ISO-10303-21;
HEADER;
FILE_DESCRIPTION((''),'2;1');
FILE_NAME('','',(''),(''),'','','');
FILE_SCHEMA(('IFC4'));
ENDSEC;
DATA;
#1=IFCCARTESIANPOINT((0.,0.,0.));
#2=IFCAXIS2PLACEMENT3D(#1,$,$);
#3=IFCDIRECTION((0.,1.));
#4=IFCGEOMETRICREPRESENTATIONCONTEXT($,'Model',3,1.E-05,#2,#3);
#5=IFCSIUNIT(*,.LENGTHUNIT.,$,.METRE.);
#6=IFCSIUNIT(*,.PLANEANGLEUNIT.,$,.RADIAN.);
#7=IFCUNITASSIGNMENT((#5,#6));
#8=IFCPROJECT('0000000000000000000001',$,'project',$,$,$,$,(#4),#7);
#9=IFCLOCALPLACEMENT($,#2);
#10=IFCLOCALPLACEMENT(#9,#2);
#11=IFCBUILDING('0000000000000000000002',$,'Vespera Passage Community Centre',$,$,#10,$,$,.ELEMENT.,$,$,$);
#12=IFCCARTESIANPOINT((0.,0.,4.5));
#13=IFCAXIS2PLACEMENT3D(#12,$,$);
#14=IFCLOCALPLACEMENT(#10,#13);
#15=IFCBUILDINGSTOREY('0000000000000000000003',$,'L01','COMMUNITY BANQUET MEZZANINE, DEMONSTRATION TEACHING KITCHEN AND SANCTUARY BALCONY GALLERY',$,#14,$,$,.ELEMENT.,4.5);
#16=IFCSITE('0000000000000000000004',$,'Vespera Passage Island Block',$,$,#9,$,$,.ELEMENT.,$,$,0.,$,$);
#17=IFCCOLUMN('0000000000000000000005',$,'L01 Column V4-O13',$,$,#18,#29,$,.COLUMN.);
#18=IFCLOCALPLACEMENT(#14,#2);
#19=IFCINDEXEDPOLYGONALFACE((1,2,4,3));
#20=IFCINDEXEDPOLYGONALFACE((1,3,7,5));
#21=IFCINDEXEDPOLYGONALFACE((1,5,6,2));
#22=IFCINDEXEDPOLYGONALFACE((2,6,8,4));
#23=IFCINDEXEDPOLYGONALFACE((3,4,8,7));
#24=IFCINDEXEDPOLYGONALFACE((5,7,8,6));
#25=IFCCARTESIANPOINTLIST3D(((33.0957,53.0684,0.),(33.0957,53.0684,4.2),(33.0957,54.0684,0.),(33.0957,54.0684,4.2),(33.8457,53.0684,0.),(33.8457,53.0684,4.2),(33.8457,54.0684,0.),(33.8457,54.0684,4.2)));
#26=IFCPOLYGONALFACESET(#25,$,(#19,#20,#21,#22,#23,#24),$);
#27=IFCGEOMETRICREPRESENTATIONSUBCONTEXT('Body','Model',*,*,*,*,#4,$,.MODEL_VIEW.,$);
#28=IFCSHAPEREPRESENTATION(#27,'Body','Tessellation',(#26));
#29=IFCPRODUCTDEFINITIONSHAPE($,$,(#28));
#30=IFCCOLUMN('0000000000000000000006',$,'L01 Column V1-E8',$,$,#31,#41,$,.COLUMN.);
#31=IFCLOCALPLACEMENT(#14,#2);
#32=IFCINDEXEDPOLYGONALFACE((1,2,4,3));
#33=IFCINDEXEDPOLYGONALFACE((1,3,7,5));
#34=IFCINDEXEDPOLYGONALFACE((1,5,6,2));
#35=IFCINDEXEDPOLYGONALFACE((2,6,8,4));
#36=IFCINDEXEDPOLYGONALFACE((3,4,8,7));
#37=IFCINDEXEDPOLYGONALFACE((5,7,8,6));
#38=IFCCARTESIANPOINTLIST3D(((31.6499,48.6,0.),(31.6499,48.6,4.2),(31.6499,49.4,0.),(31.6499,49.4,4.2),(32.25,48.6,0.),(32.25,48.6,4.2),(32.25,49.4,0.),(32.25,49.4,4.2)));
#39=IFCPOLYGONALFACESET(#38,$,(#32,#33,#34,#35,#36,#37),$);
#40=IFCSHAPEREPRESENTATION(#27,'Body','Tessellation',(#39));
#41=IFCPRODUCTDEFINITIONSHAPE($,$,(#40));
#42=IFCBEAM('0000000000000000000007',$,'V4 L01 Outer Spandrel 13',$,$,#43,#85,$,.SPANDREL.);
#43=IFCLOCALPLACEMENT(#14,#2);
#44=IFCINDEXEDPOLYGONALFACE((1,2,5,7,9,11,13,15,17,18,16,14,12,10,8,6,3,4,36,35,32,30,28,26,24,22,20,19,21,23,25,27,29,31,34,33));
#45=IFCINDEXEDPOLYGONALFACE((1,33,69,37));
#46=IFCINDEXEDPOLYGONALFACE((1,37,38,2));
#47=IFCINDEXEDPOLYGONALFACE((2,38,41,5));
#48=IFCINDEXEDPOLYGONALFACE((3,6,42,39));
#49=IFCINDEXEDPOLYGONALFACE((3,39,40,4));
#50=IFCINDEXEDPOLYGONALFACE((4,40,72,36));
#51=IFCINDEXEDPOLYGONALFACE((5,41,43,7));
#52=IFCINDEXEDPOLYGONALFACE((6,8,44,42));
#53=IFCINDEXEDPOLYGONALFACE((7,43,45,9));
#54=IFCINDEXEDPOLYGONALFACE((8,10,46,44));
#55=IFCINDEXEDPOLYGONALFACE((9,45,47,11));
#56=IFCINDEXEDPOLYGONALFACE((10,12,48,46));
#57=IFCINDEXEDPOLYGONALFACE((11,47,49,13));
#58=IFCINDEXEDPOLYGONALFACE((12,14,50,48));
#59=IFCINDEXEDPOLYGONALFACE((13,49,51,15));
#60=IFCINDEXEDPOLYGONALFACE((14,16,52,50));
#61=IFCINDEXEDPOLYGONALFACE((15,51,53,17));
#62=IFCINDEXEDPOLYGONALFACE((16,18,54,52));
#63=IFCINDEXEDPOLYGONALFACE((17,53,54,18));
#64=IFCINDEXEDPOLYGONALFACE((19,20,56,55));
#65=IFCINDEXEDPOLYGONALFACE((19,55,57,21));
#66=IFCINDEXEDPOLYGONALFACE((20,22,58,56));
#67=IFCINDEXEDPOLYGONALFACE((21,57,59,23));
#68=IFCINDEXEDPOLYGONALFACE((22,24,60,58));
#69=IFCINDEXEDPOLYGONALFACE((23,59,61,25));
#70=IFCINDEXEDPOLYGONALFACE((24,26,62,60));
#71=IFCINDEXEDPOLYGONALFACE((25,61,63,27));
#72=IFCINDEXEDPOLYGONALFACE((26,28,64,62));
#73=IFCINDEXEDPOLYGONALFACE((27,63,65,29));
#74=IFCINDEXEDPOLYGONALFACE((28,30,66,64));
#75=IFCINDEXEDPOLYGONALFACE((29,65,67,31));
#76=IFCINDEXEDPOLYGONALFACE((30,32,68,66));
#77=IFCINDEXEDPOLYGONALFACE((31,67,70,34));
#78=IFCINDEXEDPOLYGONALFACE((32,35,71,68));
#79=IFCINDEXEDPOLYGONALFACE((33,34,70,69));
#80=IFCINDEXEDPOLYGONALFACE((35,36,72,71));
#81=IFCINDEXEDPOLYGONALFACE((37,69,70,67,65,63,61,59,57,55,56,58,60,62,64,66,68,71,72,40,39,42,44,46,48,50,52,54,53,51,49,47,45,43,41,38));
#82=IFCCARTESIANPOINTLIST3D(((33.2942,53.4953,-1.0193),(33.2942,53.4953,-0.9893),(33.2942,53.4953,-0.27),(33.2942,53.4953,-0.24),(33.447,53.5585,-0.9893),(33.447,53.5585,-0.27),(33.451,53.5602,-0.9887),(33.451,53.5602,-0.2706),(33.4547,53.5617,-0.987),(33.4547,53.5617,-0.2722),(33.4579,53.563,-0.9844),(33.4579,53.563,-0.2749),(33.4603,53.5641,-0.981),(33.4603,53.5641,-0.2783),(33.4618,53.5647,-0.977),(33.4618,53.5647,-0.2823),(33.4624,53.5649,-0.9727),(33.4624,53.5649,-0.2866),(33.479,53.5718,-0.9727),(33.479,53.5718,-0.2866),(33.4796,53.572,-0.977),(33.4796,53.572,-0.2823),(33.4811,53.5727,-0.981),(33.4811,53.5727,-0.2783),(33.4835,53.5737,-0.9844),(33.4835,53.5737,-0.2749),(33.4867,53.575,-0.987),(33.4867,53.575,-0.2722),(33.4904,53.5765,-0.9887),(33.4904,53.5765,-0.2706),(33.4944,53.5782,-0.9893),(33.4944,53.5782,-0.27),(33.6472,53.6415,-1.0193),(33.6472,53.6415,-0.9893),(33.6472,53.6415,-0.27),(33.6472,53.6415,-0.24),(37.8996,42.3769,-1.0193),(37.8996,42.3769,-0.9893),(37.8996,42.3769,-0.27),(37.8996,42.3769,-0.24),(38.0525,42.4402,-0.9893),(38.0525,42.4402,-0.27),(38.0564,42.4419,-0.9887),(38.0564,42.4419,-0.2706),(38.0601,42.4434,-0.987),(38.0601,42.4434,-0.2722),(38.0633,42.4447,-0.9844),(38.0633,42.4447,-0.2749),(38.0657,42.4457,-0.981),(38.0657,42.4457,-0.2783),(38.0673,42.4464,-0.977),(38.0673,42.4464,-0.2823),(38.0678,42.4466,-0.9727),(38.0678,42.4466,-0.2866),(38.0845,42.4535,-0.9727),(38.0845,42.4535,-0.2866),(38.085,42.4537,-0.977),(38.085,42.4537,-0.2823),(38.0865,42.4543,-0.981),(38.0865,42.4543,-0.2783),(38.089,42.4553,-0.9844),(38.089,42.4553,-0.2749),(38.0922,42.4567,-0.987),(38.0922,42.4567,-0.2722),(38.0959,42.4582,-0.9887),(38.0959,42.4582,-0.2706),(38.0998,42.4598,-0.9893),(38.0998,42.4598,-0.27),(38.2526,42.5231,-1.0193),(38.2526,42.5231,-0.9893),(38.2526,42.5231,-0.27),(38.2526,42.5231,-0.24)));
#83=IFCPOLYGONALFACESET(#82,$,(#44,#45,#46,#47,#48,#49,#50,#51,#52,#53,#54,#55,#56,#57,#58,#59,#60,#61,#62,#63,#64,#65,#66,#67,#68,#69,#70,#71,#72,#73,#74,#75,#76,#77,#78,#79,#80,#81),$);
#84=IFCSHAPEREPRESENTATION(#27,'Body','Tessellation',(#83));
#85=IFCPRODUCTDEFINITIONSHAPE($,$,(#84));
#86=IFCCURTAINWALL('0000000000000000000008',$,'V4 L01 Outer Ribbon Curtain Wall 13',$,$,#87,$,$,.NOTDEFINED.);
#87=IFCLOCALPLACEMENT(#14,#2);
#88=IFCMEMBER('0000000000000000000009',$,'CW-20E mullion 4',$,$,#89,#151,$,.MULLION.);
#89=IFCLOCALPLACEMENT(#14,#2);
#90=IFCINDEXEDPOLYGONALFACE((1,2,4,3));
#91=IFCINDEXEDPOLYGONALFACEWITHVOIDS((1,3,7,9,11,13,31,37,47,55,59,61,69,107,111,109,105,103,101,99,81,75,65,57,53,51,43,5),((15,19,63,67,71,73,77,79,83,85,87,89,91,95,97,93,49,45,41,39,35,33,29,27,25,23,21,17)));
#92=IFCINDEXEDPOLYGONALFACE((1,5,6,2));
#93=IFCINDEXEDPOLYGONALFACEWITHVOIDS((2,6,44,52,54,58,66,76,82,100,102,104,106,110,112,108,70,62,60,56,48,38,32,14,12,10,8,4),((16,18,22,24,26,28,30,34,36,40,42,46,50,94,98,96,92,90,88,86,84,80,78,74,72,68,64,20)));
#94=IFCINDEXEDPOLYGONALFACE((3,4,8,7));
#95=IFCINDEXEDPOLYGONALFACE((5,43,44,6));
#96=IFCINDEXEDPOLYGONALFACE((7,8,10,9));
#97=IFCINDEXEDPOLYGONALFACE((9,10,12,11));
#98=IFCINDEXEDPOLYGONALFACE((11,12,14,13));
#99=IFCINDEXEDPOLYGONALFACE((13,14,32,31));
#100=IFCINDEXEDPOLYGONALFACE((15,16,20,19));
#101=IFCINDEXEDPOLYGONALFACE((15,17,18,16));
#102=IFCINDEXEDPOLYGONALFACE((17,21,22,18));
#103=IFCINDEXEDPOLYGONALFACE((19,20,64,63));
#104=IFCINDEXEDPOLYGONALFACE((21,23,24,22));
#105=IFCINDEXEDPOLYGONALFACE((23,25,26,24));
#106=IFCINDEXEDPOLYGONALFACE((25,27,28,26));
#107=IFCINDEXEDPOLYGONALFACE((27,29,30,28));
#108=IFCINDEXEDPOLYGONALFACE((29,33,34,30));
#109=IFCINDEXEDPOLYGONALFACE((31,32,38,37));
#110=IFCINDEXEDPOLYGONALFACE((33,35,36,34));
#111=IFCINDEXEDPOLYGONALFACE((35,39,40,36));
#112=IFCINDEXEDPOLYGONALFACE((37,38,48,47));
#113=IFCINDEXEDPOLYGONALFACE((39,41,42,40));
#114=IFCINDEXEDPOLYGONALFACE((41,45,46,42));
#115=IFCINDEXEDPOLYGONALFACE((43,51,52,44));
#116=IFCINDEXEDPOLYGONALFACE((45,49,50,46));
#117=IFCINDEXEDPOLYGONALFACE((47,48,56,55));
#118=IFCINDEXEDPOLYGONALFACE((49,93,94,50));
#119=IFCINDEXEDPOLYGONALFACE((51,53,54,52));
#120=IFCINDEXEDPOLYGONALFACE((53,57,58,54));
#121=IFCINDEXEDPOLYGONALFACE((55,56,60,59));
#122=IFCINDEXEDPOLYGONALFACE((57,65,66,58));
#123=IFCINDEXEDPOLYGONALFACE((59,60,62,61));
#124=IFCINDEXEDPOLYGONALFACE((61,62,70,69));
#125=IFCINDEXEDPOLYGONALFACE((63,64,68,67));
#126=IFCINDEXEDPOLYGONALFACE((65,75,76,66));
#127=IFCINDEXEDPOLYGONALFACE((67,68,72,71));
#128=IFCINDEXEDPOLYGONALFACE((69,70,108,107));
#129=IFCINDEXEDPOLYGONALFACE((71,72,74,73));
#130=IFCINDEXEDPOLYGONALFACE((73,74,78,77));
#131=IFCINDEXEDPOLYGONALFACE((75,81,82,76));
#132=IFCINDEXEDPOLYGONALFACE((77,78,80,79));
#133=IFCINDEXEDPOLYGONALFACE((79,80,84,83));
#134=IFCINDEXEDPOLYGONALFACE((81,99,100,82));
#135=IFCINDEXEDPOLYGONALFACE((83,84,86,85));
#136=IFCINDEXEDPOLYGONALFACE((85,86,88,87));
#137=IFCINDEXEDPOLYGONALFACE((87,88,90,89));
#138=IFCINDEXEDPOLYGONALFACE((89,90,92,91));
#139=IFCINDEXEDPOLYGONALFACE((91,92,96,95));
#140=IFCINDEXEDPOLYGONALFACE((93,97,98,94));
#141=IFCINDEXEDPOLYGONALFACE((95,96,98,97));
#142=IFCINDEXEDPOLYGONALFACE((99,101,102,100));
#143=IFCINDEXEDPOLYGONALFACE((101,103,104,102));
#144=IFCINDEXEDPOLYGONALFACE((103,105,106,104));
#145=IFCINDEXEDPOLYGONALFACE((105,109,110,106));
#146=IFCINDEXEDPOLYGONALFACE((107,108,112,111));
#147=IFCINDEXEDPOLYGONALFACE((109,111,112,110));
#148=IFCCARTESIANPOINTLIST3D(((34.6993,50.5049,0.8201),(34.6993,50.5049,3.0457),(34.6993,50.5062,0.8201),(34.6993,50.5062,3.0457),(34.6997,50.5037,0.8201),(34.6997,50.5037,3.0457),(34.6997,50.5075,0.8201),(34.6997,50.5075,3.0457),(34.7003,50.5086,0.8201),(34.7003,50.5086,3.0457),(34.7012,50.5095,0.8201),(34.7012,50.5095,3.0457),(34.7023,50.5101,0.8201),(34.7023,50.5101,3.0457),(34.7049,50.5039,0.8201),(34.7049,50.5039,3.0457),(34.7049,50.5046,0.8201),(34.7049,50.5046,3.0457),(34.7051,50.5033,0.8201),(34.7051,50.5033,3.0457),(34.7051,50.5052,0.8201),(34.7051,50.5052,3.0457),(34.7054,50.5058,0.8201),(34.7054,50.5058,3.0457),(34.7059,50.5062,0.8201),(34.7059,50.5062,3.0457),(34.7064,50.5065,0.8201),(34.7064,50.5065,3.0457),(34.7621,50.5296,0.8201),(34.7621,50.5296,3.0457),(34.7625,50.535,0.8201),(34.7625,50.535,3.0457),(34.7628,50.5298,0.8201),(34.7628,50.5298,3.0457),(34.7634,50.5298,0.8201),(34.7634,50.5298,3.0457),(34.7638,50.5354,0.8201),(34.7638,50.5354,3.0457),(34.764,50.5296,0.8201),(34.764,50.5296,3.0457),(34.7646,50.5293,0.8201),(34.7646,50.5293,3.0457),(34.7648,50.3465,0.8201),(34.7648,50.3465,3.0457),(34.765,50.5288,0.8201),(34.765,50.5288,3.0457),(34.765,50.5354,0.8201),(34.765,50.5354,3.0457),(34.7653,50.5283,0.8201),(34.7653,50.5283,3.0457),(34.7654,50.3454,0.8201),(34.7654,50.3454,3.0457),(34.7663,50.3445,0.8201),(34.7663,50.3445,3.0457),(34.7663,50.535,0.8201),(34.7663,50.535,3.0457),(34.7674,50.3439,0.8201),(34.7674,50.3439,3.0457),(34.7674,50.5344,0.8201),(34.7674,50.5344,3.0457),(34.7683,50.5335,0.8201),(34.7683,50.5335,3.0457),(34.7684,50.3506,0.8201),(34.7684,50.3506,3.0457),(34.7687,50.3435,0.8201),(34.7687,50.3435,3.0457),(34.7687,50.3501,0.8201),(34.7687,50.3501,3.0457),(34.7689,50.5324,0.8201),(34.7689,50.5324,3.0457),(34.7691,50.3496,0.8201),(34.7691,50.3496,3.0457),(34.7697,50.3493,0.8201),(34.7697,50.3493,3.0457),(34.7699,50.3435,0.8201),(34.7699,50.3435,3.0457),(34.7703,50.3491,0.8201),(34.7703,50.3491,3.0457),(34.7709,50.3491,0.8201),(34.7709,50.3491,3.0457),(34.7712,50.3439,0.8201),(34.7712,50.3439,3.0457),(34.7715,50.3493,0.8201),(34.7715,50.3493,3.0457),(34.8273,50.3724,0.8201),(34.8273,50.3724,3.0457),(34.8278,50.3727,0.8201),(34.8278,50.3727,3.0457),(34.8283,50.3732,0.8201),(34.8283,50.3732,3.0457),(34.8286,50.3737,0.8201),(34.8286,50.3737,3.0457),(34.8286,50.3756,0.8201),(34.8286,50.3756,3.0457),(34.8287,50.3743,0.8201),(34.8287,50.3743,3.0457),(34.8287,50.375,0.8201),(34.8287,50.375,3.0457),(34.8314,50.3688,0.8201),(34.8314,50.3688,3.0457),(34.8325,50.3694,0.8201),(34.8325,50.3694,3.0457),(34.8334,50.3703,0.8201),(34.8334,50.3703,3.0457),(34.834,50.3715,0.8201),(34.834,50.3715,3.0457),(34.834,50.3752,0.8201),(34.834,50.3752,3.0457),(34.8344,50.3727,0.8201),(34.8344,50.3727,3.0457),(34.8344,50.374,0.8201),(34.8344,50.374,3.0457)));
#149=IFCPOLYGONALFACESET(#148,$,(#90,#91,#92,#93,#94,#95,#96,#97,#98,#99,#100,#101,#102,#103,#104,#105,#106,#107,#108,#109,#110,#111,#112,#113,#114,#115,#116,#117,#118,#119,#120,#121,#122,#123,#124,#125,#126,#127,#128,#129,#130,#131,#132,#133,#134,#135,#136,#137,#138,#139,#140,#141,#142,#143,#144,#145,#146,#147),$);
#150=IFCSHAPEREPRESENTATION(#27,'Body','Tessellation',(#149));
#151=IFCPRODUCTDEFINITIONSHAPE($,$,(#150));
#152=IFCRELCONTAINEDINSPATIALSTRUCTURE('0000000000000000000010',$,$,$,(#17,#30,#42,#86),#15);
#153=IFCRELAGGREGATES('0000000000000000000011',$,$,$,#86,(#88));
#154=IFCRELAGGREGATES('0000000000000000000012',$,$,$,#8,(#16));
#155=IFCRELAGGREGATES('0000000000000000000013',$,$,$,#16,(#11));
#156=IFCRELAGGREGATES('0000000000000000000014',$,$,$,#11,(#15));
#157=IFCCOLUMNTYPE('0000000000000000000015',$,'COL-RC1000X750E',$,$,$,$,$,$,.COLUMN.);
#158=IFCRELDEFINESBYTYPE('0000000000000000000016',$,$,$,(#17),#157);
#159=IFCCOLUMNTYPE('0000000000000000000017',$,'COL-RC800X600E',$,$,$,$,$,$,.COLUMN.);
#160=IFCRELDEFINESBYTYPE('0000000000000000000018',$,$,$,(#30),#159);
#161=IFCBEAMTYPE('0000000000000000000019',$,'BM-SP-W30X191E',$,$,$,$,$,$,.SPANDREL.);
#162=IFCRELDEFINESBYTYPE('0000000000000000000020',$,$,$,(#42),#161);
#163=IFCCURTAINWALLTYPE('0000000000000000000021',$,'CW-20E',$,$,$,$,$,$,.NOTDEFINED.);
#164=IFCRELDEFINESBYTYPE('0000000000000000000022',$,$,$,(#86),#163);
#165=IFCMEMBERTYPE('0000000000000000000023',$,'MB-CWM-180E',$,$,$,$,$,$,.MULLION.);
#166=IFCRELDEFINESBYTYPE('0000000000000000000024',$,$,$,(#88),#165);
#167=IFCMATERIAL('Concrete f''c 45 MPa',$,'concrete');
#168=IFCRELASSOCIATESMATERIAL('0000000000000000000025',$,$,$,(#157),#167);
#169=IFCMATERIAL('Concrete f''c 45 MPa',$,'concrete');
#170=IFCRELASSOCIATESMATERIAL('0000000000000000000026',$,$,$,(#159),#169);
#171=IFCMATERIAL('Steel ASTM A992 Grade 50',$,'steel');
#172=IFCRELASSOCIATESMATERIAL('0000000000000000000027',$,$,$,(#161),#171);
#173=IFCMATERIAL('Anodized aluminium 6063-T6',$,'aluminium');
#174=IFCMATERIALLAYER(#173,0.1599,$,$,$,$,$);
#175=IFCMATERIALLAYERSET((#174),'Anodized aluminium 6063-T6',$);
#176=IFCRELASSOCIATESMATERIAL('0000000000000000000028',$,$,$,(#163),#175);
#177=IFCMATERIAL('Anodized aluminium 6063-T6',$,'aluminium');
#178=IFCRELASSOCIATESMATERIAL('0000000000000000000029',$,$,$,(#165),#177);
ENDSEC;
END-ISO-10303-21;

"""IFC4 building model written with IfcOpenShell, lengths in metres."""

from ifc_helpers import new_model, si_unit, direction, frame, origin, origin_2d, place, context, subcontext, project, spatial, rectangle, hollow_rectangle, i_section, extrude, material, layer, layer_set, material_profile, profile_set, type_object, element, aggregate, save


model = new_model("IFC4")

# Units and contexts
model_context = context("Model", 3, precision=1e-05, world=origin(), true_north=direction((0.0, 1.0)))
body_context = subcontext(model_context, "Body", "Model", "MODEL_VIEW")
ifc_project = project(units=[si_unit("LENGTHUNIT", "METRE"), si_unit("PLANEANGLEUNIT", "RADIAN")], contexts=[model_context])

# Site, building, storey
site_placement = place(None, origin())
site = spatial("IfcSite", under=ifc_project, at=site_placement, Name="Vespera Passage Island Block", CompositionType="ELEMENT", RefElevation=0.0)
building_placement = place(site_placement, origin())
building = spatial("IfcBuilding", under=site, at=building_placement, Name="Vespera Passage Community Centre", CompositionType="ELEMENT")
storey_placement = place(building_placement, frame((0.0, 0.0, 4.5)))
storey = spatial("IfcBuildingStorey", under=building, at=storey_placement, Name="L01", Description="COMMUNITY BANQUET MEZZANINE, DEMONSTRATION TEACHING KITCHEN AND SANCTUARY BALCONY GALLERY", CompositionType="ELEMENT", Elevation=4.5)

# Columns
ifc_material_1 = material(Name="Concrete f'c 45 MPa", Category="concrete")
ifc_material_profile_1 = material_profile(ifc_material_1, rectangle(XDim=0.75, YDim=1.0, at=origin_2d()), Name="RC1000X750")
ifc_profile_set_1 = profile_set([ifc_material_profile_1], Name="Concrete f'c 45 MPa")
column_type_1 = type_object("IfcColumnType", Name="COL-RC1000X750E", PredefinedType="COLUMN", material=ifc_profile_set_1)
column_1_placement = place(storey_placement, frame((33.4707, 53.5684, 0.0), z_axis=(0.0, 0.0, 1.0), x_axis=(1.0, 0.0, 0.0)))
element("IfcColumn", 1, at=column_1_placement, inside=storey, type_object=column_type_1, Name="L01 Column V4-O13", PredefinedType="COLUMN", context=body_context, shape_type="SweptSolid", body=[
    extrude(rectangle(XDim=0.75, YDim=1.0, at=origin_2d()), origin(), (0.0, 0.0, 1.0), 4.2),
])
ifc_material_2 = material(Name="Concrete f'c 45 MPa", Category="concrete")
ifc_material_profile_2 = material_profile(ifc_material_2, rectangle(XDim=0.6001, YDim=0.8, at=origin_2d()), Name="RC800X600")
ifc_profile_set_2 = profile_set([ifc_material_profile_2], Name="Concrete f'c 45 MPa")
column_type_2 = type_object("IfcColumnType", Name="COL-RC800X600E", PredefinedType="COLUMN", material=ifc_profile_set_2)
column_2_placement = place(storey_placement, frame((31.95, 49.0, 0.0), z_axis=(0.0, 0.0, 1.0), x_axis=(1.0, 0.0, 0.0)))
element("IfcColumn", 2, at=column_2_placement, inside=storey, type_object=column_type_2, Name="L01 Column V1-E8", PredefinedType="COLUMN", context=body_context, shape_type="SweptSolid", body=[
    extrude(rectangle(XDim=0.6001, YDim=0.8, at=origin_2d()), origin(), (0.0, 0.0, 1.0), 4.2),
])

# Beam
ifc_material_3 = material(Name="Steel ASTM A992 Grade 50", Category="steel")
ifc_material_profile_3 = material_profile(ifc_material_3, i_section(OverallWidth=0.3821, OverallDepth=0.7793, WebThickness=0.0181, FlangeThickness=0.03, FilletRadius=0.0166, at=origin_2d()), Name="W30X191")
ifc_profile_set_3 = profile_set([ifc_material_profile_3], Name="Steel ASTM A992 Grade 50")
beam_type = type_object("IfcBeamType", Name="BM-SP-W30X191E", PredefinedType="SPANDREL", material=ifc_profile_set_3)
beam_placement = place(storey_placement, frame((33.4707, 53.5684, -0.6296), z_axis=(0.382689, -0.923877, 0.0), x_axis=(0.923877, 0.382689, 0.0)))
element("IfcBeam", 3, at=beam_placement, inside=storey, type_object=beam_type, Name="V4 L01 Outer Spandrel 13", PredefinedType="SPANDREL", context=body_context, shape_type="SweptSolid", body=[
    extrude(i_section(OverallWidth=0.3821, OverallDepth=0.7793, WebThickness=0.0181, FlangeThickness=0.03, FilletRadius=0.0166, at=origin_2d()), origin(), (0.0, 0.0, 1.0), 12.0344),
])

# Curtain wall, member
ifc_material_4 = material(Name="Anodized aluminium 6063-T6", Category="aluminium")
ifc_layer_1 = layer(ifc_material_4, 0.1599)
ifc_layer_set_1 = layer_set([ifc_layer_1], Name="Anodized aluminium 6063-T6")
curtain_wall_type_1 = type_object("IfcCurtainWallType", Name="CW-20E", PredefinedType="NOTDEFINED", material=ifc_layer_set_1)
curtain_wall_1_placement = place(storey_placement, origin())
curtain_wall_1 = element("IfcCurtainWall", 4, at=curtain_wall_1_placement, inside=storey, type_object=curtain_wall_type_1, Name="V4 L01 Outer Ribbon Curtain Wall 13", PredefinedType="NOTDEFINED")
ifc_material_5 = material(Name="Anodized aluminium 6063-T6", Category="aluminium")
ifc_material_profile_4 = material_profile(ifc_material_5, hollow_rectangle(XDim=0.075, YDim=0.1799, WallThickness=0.0049, InnerFilletRadius=0.0024, OuterFilletRadius=0.0049, at=origin_2d()), Name="ALU180X75X5")
ifc_profile_set_4 = profile_set([ifc_material_profile_4], Name="Anodized aluminium 6063-T6")
member_type_1 = type_object("IfcMemberType", Name="MB-CWM-180E", PredefinedType="MULLION", material=ifc_profile_set_4)
member_1_placement = place(storey_placement, frame((34.7668, 50.4395, 0.8201), z_axis=(0.0, 0.0, 1.0), x_axis=(-0.923881, -0.382679, 0.0)))
member_1 = element("IfcMember", 5, at=member_1_placement, type_object=member_type_1, Name="CW-20E mullion 4", PredefinedType="MULLION", context=body_context, shape_type="SweptSolid", body=[
    extrude(hollow_rectangle(XDim=0.075, YDim=0.1799, WallThickness=0.0049, InnerFilletRadius=0.0024, OuterFilletRadius=0.0049, at=origin_2d()), origin(), (0.0, 0.0, 1.0), 2.2256),
])

aggregate(curtain_wall_1, [member_1])

save(model, "model.ifc")
